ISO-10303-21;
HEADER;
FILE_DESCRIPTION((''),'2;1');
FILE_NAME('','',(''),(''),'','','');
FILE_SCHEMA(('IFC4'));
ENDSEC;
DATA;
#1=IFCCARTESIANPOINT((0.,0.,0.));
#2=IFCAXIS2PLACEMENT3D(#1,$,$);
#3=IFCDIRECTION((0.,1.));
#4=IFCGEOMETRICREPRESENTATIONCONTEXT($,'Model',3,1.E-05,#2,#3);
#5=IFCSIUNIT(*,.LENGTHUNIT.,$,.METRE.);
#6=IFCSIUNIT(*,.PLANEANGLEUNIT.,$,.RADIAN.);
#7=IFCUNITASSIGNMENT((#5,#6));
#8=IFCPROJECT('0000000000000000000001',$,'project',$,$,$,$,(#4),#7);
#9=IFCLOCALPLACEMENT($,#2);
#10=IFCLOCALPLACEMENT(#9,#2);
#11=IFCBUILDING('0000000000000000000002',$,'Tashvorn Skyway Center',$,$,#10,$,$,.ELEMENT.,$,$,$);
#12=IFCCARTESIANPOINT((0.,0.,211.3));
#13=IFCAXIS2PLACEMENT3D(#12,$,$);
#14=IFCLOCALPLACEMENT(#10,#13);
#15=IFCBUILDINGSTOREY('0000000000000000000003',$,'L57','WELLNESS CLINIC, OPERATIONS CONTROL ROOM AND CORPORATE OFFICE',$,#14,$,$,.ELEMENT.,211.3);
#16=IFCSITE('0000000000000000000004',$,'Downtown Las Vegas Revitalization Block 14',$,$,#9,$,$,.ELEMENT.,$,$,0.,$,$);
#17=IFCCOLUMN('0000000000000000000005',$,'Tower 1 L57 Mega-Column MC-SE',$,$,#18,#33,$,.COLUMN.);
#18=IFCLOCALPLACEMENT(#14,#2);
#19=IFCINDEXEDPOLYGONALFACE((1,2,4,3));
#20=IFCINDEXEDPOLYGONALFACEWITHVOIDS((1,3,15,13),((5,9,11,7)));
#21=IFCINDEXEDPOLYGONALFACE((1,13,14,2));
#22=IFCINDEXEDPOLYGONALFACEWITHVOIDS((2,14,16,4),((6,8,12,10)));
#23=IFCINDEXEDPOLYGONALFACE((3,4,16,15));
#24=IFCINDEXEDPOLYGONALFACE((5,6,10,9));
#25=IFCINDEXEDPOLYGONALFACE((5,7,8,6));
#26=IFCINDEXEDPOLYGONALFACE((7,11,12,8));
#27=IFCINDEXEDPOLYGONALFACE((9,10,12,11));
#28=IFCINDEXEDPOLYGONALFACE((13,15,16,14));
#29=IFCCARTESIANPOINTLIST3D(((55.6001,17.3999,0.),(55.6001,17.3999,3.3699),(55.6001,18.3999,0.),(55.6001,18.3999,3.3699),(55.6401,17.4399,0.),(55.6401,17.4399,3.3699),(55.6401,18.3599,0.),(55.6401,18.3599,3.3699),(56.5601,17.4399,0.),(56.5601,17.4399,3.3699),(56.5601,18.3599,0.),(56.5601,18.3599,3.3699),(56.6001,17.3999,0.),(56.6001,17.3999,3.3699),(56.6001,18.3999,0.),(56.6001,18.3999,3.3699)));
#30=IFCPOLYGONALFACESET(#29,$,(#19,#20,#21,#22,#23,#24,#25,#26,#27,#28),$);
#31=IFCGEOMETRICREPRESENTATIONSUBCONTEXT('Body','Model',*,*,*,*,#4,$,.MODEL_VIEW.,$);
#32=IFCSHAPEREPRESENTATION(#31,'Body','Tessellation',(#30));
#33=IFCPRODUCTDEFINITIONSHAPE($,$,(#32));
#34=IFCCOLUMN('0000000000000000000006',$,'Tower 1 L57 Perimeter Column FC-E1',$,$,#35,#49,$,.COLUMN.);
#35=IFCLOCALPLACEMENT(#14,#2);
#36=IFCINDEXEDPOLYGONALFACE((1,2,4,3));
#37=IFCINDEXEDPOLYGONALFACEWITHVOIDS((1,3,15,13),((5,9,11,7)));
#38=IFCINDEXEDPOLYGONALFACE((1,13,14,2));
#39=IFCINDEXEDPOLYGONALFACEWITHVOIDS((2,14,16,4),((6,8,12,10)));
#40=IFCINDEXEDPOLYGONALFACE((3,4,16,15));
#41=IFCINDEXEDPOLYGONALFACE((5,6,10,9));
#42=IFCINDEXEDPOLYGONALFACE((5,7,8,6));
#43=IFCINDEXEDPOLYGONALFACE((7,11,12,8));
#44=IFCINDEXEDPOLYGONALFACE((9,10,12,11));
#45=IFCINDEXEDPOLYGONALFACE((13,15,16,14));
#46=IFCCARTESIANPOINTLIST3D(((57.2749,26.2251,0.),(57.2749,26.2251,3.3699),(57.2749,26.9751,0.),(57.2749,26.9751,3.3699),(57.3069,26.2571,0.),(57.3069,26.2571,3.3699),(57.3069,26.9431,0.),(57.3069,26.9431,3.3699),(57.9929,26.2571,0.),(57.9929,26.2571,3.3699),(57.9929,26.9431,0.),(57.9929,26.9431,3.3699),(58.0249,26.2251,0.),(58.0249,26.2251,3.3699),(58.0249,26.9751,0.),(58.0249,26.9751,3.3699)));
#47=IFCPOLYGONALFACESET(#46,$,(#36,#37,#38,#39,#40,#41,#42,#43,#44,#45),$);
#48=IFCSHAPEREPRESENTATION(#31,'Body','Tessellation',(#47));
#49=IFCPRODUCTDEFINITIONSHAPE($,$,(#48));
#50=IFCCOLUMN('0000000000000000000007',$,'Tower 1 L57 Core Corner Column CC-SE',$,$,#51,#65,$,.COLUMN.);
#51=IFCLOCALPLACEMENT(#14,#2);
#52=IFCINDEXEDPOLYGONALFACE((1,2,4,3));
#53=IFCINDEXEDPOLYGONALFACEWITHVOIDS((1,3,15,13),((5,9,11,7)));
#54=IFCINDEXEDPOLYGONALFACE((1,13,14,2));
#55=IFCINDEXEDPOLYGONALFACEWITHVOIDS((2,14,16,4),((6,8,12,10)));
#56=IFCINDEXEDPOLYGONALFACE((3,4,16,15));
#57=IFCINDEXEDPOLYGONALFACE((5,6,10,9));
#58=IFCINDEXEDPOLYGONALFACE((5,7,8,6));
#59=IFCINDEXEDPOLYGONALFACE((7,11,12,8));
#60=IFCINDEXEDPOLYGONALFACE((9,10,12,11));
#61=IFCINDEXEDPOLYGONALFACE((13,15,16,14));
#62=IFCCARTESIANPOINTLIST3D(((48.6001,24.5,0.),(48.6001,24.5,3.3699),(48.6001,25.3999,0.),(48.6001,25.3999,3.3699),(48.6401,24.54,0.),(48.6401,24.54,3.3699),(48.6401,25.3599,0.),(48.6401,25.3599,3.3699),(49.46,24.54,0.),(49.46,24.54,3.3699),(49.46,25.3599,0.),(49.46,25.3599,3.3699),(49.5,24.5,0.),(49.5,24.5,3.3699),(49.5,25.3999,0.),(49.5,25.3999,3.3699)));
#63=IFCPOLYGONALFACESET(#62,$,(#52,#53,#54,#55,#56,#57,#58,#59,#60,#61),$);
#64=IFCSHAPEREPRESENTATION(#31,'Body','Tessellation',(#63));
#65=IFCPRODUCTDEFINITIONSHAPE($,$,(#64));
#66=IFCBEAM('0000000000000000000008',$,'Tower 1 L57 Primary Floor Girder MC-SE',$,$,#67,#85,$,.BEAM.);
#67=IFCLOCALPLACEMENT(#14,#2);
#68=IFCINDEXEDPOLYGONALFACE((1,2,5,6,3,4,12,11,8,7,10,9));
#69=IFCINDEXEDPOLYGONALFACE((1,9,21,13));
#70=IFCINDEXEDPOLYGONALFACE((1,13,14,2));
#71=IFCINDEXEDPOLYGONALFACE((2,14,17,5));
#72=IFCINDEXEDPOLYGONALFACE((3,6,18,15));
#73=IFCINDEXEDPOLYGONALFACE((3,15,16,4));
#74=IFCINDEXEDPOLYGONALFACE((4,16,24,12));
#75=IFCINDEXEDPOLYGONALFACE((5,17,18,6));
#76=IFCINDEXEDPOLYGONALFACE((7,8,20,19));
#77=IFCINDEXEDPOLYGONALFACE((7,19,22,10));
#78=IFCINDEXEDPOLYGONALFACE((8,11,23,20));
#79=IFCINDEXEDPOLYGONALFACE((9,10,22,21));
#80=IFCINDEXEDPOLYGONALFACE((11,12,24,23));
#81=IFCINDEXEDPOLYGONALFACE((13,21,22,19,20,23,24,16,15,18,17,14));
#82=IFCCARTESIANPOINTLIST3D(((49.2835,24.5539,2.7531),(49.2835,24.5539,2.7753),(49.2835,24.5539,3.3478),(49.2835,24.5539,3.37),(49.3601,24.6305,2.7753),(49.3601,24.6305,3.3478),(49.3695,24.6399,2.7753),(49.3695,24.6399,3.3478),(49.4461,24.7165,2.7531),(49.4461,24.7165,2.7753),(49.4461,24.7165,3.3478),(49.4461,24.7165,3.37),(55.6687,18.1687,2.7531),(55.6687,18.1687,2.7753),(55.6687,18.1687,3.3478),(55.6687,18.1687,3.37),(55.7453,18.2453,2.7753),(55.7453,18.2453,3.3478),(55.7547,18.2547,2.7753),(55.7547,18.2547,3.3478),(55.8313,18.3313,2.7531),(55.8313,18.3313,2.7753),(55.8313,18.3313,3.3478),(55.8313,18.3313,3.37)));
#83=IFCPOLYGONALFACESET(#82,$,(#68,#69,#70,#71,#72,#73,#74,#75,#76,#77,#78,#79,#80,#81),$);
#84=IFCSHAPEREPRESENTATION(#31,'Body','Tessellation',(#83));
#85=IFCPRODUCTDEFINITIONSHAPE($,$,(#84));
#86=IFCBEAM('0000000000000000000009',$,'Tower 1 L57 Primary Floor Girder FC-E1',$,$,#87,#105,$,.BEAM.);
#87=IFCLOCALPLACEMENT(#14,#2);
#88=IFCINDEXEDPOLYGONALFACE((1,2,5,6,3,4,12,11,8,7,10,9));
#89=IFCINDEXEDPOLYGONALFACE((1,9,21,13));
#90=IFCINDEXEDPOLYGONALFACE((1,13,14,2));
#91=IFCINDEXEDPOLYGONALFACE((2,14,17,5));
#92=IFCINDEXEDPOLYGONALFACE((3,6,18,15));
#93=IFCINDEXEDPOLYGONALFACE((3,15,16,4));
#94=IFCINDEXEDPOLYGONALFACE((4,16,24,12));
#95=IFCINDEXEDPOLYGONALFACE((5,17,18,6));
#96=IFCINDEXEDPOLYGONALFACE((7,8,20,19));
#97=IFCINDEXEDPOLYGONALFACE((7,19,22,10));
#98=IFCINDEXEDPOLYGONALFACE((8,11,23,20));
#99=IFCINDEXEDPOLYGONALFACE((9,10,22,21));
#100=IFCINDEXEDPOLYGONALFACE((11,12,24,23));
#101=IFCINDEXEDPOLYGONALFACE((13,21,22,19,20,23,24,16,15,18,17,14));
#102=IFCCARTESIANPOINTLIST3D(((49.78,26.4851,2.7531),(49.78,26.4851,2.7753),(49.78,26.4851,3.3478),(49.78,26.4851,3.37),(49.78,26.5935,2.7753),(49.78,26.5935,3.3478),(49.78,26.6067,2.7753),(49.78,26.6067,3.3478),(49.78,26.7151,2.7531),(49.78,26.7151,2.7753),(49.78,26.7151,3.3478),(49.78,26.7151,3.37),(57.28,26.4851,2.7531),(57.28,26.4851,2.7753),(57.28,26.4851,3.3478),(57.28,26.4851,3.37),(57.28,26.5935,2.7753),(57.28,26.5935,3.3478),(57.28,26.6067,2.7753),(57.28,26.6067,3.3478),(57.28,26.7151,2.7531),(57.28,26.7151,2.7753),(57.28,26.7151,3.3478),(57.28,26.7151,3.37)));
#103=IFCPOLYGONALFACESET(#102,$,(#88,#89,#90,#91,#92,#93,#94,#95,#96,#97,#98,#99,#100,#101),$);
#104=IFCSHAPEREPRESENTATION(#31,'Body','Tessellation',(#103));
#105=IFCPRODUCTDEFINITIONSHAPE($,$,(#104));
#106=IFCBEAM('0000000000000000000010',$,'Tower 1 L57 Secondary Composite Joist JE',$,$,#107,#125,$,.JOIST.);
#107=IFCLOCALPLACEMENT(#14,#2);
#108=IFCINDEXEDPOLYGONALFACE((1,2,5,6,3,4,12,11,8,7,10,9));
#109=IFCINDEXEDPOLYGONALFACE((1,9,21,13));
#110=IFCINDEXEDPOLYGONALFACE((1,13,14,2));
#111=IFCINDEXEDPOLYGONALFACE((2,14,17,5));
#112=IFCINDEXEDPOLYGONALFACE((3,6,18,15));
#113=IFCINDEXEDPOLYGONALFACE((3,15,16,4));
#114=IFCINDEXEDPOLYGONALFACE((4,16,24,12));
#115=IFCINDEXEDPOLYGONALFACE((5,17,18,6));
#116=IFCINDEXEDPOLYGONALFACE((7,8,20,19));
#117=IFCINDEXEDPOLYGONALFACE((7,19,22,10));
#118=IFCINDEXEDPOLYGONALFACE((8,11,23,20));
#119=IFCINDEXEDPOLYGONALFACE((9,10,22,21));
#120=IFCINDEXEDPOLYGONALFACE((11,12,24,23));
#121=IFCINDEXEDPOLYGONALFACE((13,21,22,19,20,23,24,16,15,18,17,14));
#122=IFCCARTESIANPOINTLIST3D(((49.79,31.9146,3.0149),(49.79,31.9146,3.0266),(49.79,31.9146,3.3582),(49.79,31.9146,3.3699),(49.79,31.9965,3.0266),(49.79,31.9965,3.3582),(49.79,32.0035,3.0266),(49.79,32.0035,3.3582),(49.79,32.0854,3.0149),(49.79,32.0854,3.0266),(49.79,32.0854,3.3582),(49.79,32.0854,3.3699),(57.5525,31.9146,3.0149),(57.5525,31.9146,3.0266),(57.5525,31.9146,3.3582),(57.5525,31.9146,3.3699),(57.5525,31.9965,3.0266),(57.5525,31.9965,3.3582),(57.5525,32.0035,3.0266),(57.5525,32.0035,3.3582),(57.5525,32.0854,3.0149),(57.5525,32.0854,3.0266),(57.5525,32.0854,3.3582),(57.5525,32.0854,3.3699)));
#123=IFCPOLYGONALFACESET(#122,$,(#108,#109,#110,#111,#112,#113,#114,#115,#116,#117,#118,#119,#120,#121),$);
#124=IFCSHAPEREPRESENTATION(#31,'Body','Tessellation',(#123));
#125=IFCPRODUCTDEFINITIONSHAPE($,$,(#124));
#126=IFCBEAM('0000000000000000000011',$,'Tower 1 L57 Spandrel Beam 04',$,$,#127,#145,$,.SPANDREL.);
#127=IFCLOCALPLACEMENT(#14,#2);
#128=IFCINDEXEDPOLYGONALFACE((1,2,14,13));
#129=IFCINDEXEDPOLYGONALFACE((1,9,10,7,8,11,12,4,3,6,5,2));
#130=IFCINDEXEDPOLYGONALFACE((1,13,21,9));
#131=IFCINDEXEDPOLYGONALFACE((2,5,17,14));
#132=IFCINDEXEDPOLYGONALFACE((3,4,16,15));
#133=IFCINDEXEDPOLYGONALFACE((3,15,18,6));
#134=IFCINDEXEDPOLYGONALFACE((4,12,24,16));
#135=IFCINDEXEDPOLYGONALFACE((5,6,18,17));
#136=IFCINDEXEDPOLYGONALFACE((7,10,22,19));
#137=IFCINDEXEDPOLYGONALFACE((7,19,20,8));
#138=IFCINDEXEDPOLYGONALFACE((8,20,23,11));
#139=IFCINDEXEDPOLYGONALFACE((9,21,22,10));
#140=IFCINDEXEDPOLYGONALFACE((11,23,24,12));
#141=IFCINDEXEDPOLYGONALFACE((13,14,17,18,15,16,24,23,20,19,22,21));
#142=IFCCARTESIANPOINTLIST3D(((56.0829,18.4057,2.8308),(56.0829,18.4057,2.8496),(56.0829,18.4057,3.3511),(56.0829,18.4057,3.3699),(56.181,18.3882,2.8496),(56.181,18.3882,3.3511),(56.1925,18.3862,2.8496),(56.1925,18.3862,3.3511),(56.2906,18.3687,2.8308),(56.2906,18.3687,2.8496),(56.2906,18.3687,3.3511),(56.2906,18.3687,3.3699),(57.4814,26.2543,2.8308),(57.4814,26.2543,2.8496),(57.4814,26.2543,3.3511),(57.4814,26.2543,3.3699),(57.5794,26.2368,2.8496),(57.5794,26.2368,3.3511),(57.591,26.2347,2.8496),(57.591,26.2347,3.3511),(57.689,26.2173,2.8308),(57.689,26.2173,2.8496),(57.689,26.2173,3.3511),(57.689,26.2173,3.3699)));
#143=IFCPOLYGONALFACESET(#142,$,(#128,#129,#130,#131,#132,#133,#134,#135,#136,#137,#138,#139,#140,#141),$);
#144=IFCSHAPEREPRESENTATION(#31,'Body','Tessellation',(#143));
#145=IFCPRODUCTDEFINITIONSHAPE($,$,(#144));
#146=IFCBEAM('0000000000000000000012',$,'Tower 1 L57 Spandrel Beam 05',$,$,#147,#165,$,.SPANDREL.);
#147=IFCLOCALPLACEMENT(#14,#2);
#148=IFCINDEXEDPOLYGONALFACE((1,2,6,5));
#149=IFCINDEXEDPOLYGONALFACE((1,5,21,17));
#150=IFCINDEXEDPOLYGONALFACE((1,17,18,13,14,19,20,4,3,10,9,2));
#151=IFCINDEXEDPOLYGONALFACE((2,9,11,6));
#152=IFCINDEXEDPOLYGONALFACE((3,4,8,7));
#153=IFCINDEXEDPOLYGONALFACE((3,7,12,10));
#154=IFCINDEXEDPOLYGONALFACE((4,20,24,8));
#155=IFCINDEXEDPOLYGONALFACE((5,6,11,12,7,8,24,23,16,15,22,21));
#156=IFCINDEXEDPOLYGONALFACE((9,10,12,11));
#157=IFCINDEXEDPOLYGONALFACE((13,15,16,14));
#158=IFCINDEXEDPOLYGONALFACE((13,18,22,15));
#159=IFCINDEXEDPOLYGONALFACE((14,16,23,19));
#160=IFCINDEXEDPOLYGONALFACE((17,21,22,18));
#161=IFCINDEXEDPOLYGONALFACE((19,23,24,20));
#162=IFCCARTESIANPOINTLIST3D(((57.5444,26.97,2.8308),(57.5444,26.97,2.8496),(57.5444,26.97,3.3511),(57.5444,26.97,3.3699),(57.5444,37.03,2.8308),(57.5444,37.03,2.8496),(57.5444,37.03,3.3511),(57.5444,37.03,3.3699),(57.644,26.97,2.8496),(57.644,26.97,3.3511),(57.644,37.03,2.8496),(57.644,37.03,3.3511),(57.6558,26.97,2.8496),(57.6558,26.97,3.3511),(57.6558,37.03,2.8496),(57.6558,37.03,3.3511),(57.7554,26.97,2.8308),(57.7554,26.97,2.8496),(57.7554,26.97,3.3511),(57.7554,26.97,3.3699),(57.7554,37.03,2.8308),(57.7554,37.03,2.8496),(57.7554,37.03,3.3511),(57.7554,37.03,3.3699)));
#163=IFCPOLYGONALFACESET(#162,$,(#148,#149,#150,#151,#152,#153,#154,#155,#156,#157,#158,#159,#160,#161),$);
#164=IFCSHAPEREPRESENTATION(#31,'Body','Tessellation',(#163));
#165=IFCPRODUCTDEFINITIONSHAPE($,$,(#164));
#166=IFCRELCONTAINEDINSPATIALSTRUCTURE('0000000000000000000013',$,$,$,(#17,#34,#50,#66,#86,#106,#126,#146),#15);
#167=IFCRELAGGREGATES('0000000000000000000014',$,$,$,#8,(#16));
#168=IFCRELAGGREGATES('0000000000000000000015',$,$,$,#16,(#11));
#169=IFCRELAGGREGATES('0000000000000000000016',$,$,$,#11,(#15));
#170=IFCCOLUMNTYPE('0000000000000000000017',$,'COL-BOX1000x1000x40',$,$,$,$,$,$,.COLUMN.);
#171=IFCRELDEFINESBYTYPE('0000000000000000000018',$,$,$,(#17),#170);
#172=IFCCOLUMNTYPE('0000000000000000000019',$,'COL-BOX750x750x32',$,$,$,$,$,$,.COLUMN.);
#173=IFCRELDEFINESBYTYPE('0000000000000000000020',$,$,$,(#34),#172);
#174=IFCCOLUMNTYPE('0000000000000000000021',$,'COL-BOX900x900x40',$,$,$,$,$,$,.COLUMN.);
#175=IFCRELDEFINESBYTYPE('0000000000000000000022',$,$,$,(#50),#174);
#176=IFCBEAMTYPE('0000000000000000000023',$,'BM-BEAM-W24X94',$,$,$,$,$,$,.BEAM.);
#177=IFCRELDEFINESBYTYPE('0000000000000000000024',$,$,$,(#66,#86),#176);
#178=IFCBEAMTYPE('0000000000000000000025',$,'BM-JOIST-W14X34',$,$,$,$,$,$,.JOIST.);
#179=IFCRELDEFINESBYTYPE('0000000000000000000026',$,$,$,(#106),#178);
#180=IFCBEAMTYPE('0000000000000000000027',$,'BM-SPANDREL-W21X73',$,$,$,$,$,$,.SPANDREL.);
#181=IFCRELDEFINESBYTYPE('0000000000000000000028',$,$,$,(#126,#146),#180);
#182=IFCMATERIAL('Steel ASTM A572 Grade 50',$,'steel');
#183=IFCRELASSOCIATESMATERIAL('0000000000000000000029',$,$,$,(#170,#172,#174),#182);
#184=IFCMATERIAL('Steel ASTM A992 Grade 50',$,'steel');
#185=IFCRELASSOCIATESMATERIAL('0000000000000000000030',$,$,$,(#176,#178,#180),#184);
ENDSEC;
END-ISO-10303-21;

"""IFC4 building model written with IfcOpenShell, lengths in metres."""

from ifc_helpers import new_model, si_unit, direction, frame, origin, origin_2d, place, context, subcontext, project, spatial, hollow_rectangle, i_section, extrude, material, material_profile, profile_set, type_object, element, save


model = new_model("IFC4")

# Units and contexts
model_context = context("Model", 3, precision=1e-05, world=origin(), true_north=direction((0.0, 1.0)))
body_context = subcontext(model_context, "Body", "Model", "MODEL_VIEW")
ifc_project = project(units=[si_unit("LENGTHUNIT", "METRE"), si_unit("PLANEANGLEUNIT", "RADIAN")], contexts=[model_context])

# Site, building, storey
site_placement = place(None, origin())
site = spatial("IfcSite", under=ifc_project, at=site_placement, Name="Downtown Las Vegas Revitalization Block 14", CompositionType="ELEMENT", RefElevation=0.0)
building_placement = place(site_placement, origin())
building = spatial("IfcBuilding", under=site, at=building_placement, Name="Tashvorn Skyway Center", CompositionType="ELEMENT")
storey_placement = place(building_placement, frame((0.0, 0.0, 211.3)))
storey = spatial("IfcBuildingStorey", under=building, at=storey_placement, Name="L57", Description="WELLNESS CLINIC, OPERATIONS CONTROL ROOM AND CORPORATE OFFICE", CompositionType="ELEMENT", Elevation=211.3)

# Columns
ifc_material_1 = material(Name="Steel ASTM A572 Grade 50", Category="steel")
ifc_material_profile_1 = material_profile(ifc_material_1, hollow_rectangle(XDim=1.0, YDim=1.0, WallThickness=0.04, at=origin_2d()), Name="BOX1000x1000x40")
ifc_profile_set_1 = profile_set([ifc_material_profile_1], Name="Steel ASTM A572 Grade 50")
column_type_1 = type_object("IfcColumnType", Name="COL-BOX1000x1000x40", PredefinedType="COLUMN", material=ifc_profile_set_1)
column_1_placement = place(storey_placement, frame((56.1001, 17.8999, 0.0), z_axis=(0.0, 0.0, 1.0), x_axis=(1.0, 0.0, 0.0)))
element("IfcColumn", 1, at=column_1_placement, inside=storey, type_object=column_type_1, Name="Tower 1 L57 Mega-Column MC-SE", PredefinedType="COLUMN", context=body_context, shape_type="SweptSolid", body=[
    extrude(hollow_rectangle(XDim=1.0, YDim=1.0, WallThickness=0.04, at=origin_2d()), origin(), (0.0, 0.0, 1.0), 3.3699),
])
ifc_material_profile_2 = material_profile(ifc_material_1, hollow_rectangle(XDim=0.75, YDim=0.75, WallThickness=0.032, at=origin_2d()), Name="BOX750x750x32")
ifc_profile_set_2 = profile_set([ifc_material_profile_2], Name="Steel ASTM A572 Grade 50")
column_type_2 = type_object("IfcColumnType", Name="COL-BOX750x750x32", PredefinedType="COLUMN", material=ifc_profile_set_2)
column_2_placement = place(storey_placement, frame((57.6499, 26.6001, 0.0), z_axis=(0.0, 0.0, 1.0), x_axis=(1.0, 0.0, 0.0)))
element("IfcColumn", 2, at=column_2_placement, inside=storey, type_object=column_type_2, Name="Tower 1 L57 Perimeter Column FC-E1", PredefinedType="COLUMN", context=body_context, shape_type="SweptSolid", body=[
    extrude(hollow_rectangle(XDim=0.75, YDim=0.75, WallThickness=0.032, at=origin_2d()), origin(), (0.0, 0.0, 1.0), 3.3699),
])
ifc_material_profile_3 = material_profile(ifc_material_1, hollow_rectangle(XDim=0.8999, YDim=0.8999, WallThickness=0.04, at=origin_2d()), Name="BOX900x900x40")
ifc_profile_set_3 = profile_set([ifc_material_profile_3], Name="Steel ASTM A572 Grade 50")
column_type_3 = type_object("IfcColumnType", Name="COL-BOX900x900x40", PredefinedType="COLUMN", material=ifc_profile_set_3)
column_3_placement = place(storey_placement, frame((49.05, 24.95, 0.0), z_axis=(0.0, 0.0, 1.0), x_axis=(1.0, 0.0, 0.0)))
element("IfcColumn", 3, at=column_3_placement, inside=storey, type_object=column_type_3, Name="Tower 1 L57 Core Corner Column CC-SE", PredefinedType="COLUMN", context=body_context, shape_type="SweptSolid", body=[
    extrude(hollow_rectangle(XDim=0.8999, YDim=0.8999, WallThickness=0.04, at=origin_2d()), origin(), (0.0, 0.0, 1.0), 3.3699),
])

# Beams
ifc_material_2 = material(Name="Steel ASTM A992 Grade 50", Category="steel")
ifc_material_profile_4 = material_profile(ifc_material_2, i_section(OverallWidth=0.23, OverallDepth=0.6169, WebThickness=0.0132, FlangeThickness=0.0222, at=origin_2d()), Name="W24X94")
ifc_profile_set_4 = profile_set([ifc_material_profile_4], Name="Steel ASTM A992 Grade 50")
beam_type_1 = type_object("IfcBeamType", Name="BM-BEAM-W24X94", PredefinedType="BEAM", material=ifc_profile_set_4)
beam_1_placement = place(storey_placement, frame((55.75, 18.25, 3.0615), z_axis=(-0.707107, 0.707107, 0.0), x_axis=(-0.707107, -0.707107, 0.0)))
element("IfcBeam", 4, at=beam_1_placement, inside=storey, type_object=beam_type_1, Name="Tower 1 L57 Primary Floor Girder MC-SE", PredefinedType="BEAM", context=body_context, shape_type="SweptSolid", body=[
    extrude(i_section(OverallWidth=0.23, OverallDepth=0.6169, WebThickness=0.0132, FlangeThickness=0.0222, at=origin_2d()), origin(), (0.0, 0.0, 1.0), 9.03),
])
beam_2_placement = place(storey_placement, frame((57.28, 26.6001, 3.0615), z_axis=(-1.0, 0.0, 0.0), x_axis=(0.0, -1.0, 0.0)))
element("IfcBeam", 5, at=beam_2_placement, inside=storey, type_object=beam_type_1, Name="Tower 1 L57 Primary Floor Girder FC-E1", PredefinedType="BEAM", context=body_context, shape_type="SweptSolid", body=[
    extrude(i_section(OverallWidth=0.23, OverallDepth=0.6169, WebThickness=0.0132, FlangeThickness=0.0222, at=origin_2d()), origin(), (0.0, 0.0, 1.0), 7.5),
])
ifc_material_profile_5 = material_profile(ifc_material_2, i_section(OverallWidth=0.1709, OverallDepth=0.355, WebThickness=0.0071, FlangeThickness=0.0117, at=origin_2d()), Name="W14X34")
ifc_profile_set_5 = profile_set([ifc_material_profile_5], Name="Steel ASTM A992 Grade 50")
beam_type_2 = type_object("IfcBeamType", Name="BM-JOIST-W14X34", PredefinedType="JOIST", material=ifc_profile_set_5)
beam_3_placement = place(storey_placement, frame((49.79, 32.0, 3.1924), z_axis=(1.0, 0.0, 0.0), x_axis=(0.0, 1.0, 0.0)))
element("IfcBeam", 6, at=beam_3_placement, inside=storey, type_object=beam_type_2, Name="Tower 1 L57 Secondary Composite Joist JE", PredefinedType="JOIST", context=body_context, shape_type="SweptSolid", body=[
    extrude(i_section(OverallWidth=0.1709, OverallDepth=0.355, WebThickness=0.0071, FlangeThickness=0.0117, at=origin_2d()), origin(), (0.0, 0.0, 1.0), 7.7625),
])
ifc_material_profile_6 = material_profile(ifc_material_2, i_section(OverallWidth=0.2109, OverallDepth=0.5391, WebThickness=0.0117, FlangeThickness=0.0188, at=origin_2d()), Name="W21X73")
ifc_profile_set_6 = profile_set([ifc_material_profile_6], Name="Steel ASTM A992 Grade 50")
beam_type_3 = type_object("IfcBeamType", Name="BM-SPANDREL-W21X73", PredefinedType="SPANDREL", material=ifc_profile_set_6)
beam_4_placement = place(storey_placement, frame((56.1868, 18.3872, 3.1003), z_axis=(0.175413, 0.984495, 0.0), x_axis=(-0.984495, 0.175413, 0.0)))
element("IfcBeam", 7, at=beam_4_placement, inside=storey, type_object=beam_type_3, Name="Tower 1 L57 Spandrel Beam 04", PredefinedType="SPANDREL", context=body_context, shape_type="SweptSolid", body=[
    extrude(i_section(OverallWidth=0.2109, OverallDepth=0.5391, WebThickness=0.0117, FlangeThickness=0.0188, at=origin_2d()), origin(), (0.0, 0.0, 1.0), 7.9722),
])
beam_5_placement = place(storey_placement, frame((57.6499, 26.97, 3.1003), z_axis=(0.0, 1.0, 0.0), x_axis=(-1.0, 0.0, 0.0)))
element("IfcBeam", 8, at=beam_5_placement, inside=storey, type_object=beam_type_3, Name="Tower 1 L57 Spandrel Beam 05", PredefinedType="SPANDREL", context=body_context, shape_type="SweptSolid", body=[
    extrude(i_section(OverallWidth=0.2109, OverallDepth=0.5391, WebThickness=0.0117, FlangeThickness=0.0188, at=origin_2d()), origin(), (0.0, 0.0, 1.0), 10.0601),
])

save(model, "model.ifc")
